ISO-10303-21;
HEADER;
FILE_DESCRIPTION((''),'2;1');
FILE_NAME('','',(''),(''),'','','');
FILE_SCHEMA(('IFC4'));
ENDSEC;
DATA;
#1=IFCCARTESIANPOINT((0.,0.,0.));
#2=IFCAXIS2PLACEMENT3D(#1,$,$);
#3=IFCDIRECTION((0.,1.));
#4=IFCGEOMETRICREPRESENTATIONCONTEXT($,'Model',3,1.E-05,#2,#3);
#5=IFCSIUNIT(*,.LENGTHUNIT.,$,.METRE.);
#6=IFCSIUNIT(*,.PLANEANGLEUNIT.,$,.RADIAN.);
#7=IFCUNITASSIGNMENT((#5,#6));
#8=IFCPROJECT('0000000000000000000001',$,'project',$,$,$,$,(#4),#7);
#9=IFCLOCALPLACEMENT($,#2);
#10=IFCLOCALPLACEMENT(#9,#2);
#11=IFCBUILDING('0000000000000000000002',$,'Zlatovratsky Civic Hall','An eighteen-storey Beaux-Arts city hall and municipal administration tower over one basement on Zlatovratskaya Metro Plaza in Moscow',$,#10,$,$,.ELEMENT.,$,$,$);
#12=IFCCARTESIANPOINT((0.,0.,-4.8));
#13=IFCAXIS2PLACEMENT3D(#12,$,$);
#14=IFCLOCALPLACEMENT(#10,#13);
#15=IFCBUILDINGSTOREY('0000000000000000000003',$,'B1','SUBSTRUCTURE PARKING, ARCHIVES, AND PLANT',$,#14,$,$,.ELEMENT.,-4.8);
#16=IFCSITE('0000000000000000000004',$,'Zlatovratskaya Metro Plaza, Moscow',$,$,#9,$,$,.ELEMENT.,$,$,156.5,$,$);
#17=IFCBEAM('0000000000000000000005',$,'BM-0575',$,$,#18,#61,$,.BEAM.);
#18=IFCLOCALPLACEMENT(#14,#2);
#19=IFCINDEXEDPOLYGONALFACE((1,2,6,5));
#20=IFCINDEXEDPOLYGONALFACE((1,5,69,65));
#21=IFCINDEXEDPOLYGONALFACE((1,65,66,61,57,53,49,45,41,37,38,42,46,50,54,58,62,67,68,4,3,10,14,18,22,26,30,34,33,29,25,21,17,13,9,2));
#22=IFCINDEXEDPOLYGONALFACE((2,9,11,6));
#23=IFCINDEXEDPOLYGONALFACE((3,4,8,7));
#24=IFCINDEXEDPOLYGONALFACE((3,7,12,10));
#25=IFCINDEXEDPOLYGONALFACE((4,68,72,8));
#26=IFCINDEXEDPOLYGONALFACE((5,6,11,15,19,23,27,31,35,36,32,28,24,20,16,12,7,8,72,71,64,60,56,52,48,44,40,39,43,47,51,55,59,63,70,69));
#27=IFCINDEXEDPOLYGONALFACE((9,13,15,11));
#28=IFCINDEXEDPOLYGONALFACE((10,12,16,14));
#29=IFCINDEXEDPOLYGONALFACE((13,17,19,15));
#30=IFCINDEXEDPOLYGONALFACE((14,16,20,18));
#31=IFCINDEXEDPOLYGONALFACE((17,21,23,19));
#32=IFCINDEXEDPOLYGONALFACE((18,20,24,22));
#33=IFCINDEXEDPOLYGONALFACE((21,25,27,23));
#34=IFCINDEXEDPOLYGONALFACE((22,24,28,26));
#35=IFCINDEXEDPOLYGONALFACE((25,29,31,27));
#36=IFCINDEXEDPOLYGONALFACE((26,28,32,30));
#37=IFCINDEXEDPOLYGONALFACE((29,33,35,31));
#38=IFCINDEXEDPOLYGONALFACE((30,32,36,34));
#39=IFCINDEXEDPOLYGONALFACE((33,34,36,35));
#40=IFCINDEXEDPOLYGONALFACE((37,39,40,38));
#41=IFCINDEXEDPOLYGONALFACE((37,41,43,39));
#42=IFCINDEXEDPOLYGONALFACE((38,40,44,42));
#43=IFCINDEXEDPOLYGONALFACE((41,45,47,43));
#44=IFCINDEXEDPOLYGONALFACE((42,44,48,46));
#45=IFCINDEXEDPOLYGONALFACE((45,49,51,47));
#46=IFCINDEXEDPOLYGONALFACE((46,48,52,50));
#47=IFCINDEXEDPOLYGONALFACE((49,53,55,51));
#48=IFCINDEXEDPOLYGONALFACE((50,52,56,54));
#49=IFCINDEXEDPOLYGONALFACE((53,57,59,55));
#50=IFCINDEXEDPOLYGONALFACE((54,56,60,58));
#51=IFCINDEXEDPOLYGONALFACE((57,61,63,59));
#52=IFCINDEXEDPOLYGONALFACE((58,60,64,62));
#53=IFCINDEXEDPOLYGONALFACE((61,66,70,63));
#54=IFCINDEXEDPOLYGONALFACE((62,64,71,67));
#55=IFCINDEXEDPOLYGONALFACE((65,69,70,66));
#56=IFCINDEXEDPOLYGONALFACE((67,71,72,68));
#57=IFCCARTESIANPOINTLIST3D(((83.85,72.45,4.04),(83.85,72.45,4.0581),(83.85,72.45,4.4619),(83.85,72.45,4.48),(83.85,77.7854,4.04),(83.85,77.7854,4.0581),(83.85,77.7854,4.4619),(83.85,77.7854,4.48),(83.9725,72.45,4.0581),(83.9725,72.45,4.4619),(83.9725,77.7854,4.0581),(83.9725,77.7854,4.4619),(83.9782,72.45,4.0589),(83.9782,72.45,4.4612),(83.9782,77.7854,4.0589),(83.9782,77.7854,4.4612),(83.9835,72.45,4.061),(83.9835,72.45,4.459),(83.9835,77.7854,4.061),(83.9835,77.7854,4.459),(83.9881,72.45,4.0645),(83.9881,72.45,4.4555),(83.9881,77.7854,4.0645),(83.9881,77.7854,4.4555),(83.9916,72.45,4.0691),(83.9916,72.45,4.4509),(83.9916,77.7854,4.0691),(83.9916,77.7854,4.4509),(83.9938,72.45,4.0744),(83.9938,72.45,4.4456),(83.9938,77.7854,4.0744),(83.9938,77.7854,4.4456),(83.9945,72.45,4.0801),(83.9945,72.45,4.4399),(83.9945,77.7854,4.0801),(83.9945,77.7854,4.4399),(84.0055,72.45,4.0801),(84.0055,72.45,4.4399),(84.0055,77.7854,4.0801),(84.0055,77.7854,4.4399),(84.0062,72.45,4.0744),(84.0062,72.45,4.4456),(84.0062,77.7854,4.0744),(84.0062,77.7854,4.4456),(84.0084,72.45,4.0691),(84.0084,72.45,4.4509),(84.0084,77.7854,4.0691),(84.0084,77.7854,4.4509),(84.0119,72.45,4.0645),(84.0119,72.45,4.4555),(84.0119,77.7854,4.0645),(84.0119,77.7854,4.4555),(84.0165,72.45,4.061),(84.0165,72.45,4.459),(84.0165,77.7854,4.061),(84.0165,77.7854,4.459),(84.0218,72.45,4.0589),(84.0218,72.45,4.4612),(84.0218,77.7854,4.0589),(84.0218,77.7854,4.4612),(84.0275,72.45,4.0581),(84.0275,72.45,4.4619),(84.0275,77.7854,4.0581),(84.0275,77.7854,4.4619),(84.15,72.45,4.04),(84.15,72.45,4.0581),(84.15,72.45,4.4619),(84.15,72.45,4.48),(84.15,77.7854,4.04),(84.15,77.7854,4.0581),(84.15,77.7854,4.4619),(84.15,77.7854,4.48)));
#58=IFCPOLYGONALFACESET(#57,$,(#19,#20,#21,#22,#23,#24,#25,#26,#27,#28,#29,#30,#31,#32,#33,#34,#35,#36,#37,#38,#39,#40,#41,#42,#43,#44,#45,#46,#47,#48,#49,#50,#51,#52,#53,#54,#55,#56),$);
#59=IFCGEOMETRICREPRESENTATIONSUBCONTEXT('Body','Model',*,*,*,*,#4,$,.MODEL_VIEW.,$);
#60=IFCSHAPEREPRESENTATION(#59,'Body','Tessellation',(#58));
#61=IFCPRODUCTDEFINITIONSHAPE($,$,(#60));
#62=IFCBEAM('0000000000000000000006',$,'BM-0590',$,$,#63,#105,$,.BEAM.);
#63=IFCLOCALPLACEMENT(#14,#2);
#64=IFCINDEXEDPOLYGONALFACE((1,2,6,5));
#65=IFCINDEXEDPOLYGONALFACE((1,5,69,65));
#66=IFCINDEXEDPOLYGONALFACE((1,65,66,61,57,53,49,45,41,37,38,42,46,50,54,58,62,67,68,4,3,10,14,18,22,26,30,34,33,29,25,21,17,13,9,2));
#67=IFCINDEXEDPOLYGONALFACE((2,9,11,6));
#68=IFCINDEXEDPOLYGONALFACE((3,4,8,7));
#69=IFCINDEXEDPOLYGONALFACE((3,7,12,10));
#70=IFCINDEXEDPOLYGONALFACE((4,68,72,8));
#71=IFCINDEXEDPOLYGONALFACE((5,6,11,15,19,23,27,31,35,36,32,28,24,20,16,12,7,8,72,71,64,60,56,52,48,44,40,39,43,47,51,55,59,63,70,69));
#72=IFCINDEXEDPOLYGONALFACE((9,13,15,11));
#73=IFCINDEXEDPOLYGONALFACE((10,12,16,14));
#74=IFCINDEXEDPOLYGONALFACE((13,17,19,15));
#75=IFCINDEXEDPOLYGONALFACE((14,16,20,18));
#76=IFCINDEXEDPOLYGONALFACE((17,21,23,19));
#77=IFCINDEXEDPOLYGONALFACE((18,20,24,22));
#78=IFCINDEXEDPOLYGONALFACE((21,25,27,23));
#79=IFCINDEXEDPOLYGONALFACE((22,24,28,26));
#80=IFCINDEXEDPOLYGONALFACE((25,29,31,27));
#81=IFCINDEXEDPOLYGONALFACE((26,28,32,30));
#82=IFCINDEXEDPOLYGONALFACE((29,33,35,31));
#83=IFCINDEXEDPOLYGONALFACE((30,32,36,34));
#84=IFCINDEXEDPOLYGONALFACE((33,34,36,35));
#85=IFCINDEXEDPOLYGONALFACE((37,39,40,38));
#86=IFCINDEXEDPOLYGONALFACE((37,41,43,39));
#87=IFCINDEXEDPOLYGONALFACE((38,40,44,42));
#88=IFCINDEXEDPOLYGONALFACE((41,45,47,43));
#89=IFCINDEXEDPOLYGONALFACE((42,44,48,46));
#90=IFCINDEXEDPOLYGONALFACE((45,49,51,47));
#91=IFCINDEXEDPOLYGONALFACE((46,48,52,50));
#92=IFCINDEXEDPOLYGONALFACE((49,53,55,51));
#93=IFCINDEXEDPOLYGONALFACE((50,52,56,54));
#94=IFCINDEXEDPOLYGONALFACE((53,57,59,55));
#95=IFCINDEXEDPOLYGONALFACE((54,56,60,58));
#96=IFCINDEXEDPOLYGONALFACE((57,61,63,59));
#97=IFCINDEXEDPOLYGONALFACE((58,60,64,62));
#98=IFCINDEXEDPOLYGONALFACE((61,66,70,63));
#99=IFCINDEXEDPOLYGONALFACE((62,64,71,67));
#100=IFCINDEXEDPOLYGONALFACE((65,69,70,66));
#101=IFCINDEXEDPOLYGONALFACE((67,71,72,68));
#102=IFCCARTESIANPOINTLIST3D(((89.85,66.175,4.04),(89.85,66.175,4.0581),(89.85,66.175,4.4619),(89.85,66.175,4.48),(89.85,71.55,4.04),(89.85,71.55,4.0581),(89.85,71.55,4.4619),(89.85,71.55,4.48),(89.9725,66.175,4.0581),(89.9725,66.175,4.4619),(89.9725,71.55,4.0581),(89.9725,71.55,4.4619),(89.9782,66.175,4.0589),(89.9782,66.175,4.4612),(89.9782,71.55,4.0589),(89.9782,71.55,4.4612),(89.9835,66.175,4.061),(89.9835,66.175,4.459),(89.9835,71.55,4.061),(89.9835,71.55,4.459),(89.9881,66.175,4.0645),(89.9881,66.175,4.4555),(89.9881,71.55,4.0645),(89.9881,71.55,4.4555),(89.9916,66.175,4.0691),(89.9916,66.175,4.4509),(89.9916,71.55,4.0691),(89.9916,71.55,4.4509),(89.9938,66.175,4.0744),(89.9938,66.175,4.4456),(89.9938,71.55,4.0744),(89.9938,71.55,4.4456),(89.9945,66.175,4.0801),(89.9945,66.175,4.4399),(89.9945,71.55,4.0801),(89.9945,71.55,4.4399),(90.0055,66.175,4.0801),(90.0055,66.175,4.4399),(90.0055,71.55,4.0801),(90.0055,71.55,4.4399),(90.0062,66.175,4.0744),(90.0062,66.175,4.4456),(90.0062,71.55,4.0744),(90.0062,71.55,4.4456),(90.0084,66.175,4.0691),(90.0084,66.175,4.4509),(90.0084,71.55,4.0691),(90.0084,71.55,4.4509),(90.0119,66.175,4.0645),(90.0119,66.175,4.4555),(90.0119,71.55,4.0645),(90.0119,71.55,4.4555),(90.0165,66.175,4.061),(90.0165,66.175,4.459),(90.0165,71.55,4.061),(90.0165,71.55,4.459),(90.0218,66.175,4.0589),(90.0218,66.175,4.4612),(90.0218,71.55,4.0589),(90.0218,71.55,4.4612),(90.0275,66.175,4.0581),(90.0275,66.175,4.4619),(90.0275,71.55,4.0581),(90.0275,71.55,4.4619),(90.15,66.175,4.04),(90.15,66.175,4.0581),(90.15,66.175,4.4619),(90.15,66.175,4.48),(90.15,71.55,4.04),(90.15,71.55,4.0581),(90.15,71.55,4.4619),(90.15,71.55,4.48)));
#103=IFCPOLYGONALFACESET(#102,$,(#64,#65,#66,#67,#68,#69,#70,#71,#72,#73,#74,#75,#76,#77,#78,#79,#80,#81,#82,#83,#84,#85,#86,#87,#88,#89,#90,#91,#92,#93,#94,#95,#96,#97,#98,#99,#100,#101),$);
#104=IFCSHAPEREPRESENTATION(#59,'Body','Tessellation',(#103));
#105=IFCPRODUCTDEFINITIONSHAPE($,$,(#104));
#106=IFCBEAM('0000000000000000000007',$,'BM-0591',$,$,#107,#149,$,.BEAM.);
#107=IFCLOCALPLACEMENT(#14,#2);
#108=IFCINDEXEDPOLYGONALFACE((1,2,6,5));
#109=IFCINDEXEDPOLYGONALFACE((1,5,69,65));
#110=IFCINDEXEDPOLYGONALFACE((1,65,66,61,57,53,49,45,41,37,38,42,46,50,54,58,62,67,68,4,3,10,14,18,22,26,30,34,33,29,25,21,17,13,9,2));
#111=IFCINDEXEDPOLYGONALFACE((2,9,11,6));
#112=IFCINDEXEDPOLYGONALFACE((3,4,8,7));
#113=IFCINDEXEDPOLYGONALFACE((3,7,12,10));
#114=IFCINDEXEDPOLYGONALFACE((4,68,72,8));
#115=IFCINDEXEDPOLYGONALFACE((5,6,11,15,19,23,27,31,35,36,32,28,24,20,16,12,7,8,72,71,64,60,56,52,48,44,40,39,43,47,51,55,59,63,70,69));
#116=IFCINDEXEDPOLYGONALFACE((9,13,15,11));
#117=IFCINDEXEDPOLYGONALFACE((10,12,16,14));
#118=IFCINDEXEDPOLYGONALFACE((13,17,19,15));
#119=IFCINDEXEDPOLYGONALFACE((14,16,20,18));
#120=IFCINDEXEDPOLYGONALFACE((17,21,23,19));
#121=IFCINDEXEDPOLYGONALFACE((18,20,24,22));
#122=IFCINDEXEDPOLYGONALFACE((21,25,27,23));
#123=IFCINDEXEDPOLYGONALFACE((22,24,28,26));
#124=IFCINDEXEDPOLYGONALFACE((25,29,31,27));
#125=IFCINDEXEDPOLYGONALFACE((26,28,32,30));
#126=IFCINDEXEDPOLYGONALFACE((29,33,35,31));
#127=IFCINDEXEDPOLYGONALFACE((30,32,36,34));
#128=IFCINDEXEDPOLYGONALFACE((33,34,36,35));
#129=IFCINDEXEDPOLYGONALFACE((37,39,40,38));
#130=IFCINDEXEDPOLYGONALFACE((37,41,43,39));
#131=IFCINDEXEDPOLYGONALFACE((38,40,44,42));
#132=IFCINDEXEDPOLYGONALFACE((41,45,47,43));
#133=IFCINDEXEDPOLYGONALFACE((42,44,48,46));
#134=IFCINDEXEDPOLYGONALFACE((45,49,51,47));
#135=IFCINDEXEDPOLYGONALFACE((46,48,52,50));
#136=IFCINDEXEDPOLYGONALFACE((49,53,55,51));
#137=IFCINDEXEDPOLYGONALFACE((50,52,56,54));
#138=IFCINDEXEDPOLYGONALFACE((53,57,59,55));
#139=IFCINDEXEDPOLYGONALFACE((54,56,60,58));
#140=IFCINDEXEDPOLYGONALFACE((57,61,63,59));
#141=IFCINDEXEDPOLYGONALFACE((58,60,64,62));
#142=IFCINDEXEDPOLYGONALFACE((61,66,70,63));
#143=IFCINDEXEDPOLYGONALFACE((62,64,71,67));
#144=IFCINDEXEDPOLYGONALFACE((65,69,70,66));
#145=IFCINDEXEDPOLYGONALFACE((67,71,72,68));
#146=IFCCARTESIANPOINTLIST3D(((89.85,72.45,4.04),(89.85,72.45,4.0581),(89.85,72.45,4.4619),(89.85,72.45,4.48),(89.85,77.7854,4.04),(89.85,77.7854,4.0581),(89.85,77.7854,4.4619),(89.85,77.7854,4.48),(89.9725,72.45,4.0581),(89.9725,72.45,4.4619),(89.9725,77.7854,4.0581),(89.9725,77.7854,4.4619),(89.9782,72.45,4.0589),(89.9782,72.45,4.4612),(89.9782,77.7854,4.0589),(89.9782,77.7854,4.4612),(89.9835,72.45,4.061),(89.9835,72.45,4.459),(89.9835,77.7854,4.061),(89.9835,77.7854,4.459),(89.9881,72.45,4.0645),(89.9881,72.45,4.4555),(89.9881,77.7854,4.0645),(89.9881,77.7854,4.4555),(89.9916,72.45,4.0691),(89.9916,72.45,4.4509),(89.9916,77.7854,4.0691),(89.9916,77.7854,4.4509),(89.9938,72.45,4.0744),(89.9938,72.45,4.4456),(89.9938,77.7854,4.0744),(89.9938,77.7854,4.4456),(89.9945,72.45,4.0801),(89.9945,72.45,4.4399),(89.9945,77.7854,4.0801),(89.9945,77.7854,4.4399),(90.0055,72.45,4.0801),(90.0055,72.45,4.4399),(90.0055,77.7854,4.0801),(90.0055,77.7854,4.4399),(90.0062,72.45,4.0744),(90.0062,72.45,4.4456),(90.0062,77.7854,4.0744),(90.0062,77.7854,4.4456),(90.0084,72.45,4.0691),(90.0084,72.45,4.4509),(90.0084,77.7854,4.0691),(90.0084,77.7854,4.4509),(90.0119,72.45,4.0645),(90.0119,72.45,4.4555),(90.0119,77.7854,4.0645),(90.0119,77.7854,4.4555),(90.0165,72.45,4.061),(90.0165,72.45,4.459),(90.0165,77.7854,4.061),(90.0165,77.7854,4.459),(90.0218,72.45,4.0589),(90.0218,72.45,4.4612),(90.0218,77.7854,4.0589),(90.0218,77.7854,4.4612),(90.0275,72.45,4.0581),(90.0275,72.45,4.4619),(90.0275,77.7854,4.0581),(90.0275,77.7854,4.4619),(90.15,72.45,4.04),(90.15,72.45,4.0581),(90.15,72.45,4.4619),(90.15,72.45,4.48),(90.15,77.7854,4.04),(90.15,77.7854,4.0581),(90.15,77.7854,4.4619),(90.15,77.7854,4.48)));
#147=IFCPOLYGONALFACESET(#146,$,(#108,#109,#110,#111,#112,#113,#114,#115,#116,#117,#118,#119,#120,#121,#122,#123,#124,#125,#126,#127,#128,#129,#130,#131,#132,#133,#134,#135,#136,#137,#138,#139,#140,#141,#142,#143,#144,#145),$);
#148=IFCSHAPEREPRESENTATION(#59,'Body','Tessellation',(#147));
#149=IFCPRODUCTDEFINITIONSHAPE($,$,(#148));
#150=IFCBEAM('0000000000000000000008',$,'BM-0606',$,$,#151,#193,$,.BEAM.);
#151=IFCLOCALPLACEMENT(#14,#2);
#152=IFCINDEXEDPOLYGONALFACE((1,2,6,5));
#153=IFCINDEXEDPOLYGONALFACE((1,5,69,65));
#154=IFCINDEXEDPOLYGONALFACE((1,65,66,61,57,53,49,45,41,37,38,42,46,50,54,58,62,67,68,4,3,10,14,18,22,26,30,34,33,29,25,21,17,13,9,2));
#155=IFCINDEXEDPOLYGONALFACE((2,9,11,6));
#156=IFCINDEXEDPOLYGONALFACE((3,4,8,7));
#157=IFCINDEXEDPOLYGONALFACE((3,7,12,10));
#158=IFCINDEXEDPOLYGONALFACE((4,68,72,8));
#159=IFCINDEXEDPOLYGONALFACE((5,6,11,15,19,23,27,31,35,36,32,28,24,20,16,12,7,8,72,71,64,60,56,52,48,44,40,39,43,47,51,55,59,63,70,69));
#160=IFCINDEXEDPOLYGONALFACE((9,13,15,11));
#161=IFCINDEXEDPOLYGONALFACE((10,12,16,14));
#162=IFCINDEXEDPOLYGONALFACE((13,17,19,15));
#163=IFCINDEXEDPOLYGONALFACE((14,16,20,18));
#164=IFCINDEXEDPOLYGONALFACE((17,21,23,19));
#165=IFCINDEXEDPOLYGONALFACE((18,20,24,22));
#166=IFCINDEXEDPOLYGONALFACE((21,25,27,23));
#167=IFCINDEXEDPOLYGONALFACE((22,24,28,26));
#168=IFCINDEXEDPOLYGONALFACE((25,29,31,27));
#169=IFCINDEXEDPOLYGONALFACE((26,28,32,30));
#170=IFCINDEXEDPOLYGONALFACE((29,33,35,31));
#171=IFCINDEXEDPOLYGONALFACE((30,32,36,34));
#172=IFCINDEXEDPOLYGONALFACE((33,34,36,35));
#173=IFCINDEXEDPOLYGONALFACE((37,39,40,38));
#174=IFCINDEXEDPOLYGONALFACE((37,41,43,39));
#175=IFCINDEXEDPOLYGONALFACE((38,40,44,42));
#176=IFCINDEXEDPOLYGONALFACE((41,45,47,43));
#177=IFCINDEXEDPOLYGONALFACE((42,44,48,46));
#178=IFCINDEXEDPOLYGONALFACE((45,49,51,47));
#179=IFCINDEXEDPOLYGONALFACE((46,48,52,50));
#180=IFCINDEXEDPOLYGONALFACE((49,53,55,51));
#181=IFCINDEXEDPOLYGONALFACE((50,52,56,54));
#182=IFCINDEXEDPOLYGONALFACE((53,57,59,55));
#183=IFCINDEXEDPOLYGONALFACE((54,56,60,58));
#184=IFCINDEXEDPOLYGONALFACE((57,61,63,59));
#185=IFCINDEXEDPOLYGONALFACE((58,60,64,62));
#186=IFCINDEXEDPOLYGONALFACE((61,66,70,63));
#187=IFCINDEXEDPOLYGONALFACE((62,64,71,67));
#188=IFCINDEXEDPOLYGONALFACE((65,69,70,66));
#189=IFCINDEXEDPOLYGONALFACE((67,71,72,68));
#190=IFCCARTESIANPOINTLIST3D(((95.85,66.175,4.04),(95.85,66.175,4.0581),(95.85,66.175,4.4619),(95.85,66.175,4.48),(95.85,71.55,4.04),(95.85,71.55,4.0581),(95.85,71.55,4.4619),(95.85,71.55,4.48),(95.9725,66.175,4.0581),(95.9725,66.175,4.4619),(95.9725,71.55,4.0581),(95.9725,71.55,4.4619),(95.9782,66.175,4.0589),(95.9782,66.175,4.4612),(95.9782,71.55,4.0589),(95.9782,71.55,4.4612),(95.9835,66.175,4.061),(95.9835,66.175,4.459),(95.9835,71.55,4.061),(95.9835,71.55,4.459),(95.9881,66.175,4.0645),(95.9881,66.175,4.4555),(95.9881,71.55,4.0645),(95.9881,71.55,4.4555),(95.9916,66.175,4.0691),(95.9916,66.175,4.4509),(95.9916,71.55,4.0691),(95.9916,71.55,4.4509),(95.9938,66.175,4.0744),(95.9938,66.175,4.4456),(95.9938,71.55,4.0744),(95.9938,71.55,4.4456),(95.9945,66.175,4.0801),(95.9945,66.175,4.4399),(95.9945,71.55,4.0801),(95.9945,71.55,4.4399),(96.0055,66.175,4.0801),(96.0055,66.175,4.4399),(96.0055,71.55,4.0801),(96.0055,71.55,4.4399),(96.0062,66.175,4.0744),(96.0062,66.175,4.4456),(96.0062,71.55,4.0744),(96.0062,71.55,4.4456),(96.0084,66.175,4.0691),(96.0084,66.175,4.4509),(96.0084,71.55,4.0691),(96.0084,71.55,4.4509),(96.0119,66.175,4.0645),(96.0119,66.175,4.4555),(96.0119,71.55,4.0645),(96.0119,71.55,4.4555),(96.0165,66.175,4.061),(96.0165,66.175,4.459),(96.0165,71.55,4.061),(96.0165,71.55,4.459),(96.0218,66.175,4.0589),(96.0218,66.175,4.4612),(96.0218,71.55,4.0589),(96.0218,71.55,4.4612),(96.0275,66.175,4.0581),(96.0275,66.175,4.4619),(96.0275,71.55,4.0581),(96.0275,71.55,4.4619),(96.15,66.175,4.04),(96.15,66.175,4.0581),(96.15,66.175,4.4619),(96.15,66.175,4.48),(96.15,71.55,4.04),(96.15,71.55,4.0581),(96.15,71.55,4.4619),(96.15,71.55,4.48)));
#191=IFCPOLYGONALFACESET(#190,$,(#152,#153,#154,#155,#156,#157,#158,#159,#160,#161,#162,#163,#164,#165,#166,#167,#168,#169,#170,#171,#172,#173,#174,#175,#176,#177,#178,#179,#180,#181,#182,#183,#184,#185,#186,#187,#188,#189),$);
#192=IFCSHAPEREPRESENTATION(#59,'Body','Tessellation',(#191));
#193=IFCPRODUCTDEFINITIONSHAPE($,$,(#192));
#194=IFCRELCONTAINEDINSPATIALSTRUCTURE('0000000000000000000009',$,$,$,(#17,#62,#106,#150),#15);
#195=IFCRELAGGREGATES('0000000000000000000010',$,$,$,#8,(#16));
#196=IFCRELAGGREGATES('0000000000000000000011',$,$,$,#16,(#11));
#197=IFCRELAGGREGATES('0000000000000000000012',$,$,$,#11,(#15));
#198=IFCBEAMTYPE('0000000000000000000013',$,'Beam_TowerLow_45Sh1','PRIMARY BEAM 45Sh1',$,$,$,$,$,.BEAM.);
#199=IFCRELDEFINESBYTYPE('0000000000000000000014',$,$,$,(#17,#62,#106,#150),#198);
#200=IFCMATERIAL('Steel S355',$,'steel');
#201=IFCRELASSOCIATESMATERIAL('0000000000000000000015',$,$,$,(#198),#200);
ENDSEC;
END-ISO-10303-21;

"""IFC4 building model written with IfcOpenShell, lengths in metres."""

from ifc_helpers import new_model, si_unit, direction, frame, origin, origin_2d, place, context, subcontext, project, spatial, i_section, extrude, material, material_profile, profile_set, type_object, element, save


model = new_model("IFC4")

# Units and contexts
model_context = context("Model", 3, precision=1e-05, world=origin(), true_north=direction((0.0, 1.0)))
body_context = subcontext(model_context, "Body", "Model", "MODEL_VIEW")
ifc_project = project(units=[si_unit("LENGTHUNIT", "METRE"), si_unit("PLANEANGLEUNIT", "RADIAN")], contexts=[model_context])

# Site, building, storey
site_placement = place(None, origin())
site = spatial("IfcSite", under=ifc_project, at=site_placement, Name="Zlatovratskaya Metro Plaza, Moscow", CompositionType="ELEMENT", RefElevation=156.5)
building_placement = place(site_placement, origin())
building = spatial("IfcBuilding", under=site, at=building_placement, Name="Zlatovratsky Civic Hall", Description="An eighteen-storey Beaux-Arts city hall and municipal administration tower over one basement on Zlatovratskaya Metro Plaza in Moscow", CompositionType="ELEMENT")
storey_placement = place(building_placement, frame((0.0, 0.0, -4.8)))
storey = spatial("IfcBuildingStorey", under=building, at=storey_placement, Name="B1", Description="SUBSTRUCTURE PARKING, ARCHIVES, AND PLANT", CompositionType="ELEMENT", Elevation=-4.8)

# Beams
ifc_material_1 = material(Name="Steel S355", Category="steel")
ifc_material_profile_1 = material_profile(ifc_material_1, i_section(OverallWidth=0.3, OverallDepth=0.4399, WebThickness=0.011, FlangeThickness=0.0181, FilletRadius=0.022, at=origin_2d()), Name="45Sh1")
ifc_profile_set_1 = profile_set([ifc_material_profile_1], Name="Steel S355")
beam_type = type_object("IfcBeamType", Name="Beam_TowerLow_45Sh1", Description="PRIMARY BEAM 45Sh1", PredefinedType="BEAM", material=ifc_profile_set_1)
beam_1_placement = place(storey_placement, frame((84.0, 72.45, 4.26), z_axis=(0.0, 1.0, 0.0), x_axis=(-1.0, 0.0, 0.0)))
element("IfcBeam", 1, at=beam_1_placement, inside=storey, type_object=beam_type, Name="BM-0575", PredefinedType="BEAM", context=body_context, shape_type="SweptSolid", body=[
    extrude(i_section(OverallWidth=0.3, OverallDepth=0.4399, WebThickness=0.011, FlangeThickness=0.0181, FilletRadius=0.022, at=origin_2d()), origin(), (0.0, 0.0, 1.0), 5.3354),
])
beam_2_placement = place(storey_placement, frame((90.0, 66.175, 4.26), z_axis=(0.0, 1.0, 0.0), x_axis=(-1.0, 0.0, 0.0)))
element("IfcBeam", 2, at=beam_2_placement, inside=storey, type_object=beam_type, Name="BM-0590", PredefinedType="BEAM", context=body_context, shape_type="SweptSolid", body=[
    extrude(i_section(OverallWidth=0.3, OverallDepth=0.4399, WebThickness=0.011, FlangeThickness=0.0181, FilletRadius=0.022, at=origin_2d()), origin(), (0.0, 0.0, 1.0), 5.375),
])
beam_3_placement = place(storey_placement, frame((90.0, 72.45, 4.26), z_axis=(0.0, 1.0, 0.0), x_axis=(-1.0, 0.0, 0.0)))
element("IfcBeam", 3, at=beam_3_placement, inside=storey, type_object=beam_type, Name="BM-0591", PredefinedType="BEAM", context=body_context, shape_type="SweptSolid", body=[
    extrude(i_section(OverallWidth=0.3, OverallDepth=0.4399, WebThickness=0.011, FlangeThickness=0.0181, FilletRadius=0.022, at=origin_2d()), origin(), (0.0, 0.0, 1.0), 5.3354),
])
beam_4_placement = place(storey_placement, frame((96.0, 66.175, 4.26), z_axis=(0.0, 1.0, 0.0), x_axis=(-1.0, 0.0, 0.0)))
element("IfcBeam", 4, at=beam_4_placement, inside=storey, type_object=beam_type, Name="BM-0606", PredefinedType="BEAM", context=body_context, shape_type="SweptSolid", body=[
    extrude(i_section(OverallWidth=0.3, OverallDepth=0.4399, WebThickness=0.011, FlangeThickness=0.0181, FilletRadius=0.022, at=origin_2d()), origin(), (0.0, 0.0, 1.0), 5.375),
])

save(model, "model.ifc")
